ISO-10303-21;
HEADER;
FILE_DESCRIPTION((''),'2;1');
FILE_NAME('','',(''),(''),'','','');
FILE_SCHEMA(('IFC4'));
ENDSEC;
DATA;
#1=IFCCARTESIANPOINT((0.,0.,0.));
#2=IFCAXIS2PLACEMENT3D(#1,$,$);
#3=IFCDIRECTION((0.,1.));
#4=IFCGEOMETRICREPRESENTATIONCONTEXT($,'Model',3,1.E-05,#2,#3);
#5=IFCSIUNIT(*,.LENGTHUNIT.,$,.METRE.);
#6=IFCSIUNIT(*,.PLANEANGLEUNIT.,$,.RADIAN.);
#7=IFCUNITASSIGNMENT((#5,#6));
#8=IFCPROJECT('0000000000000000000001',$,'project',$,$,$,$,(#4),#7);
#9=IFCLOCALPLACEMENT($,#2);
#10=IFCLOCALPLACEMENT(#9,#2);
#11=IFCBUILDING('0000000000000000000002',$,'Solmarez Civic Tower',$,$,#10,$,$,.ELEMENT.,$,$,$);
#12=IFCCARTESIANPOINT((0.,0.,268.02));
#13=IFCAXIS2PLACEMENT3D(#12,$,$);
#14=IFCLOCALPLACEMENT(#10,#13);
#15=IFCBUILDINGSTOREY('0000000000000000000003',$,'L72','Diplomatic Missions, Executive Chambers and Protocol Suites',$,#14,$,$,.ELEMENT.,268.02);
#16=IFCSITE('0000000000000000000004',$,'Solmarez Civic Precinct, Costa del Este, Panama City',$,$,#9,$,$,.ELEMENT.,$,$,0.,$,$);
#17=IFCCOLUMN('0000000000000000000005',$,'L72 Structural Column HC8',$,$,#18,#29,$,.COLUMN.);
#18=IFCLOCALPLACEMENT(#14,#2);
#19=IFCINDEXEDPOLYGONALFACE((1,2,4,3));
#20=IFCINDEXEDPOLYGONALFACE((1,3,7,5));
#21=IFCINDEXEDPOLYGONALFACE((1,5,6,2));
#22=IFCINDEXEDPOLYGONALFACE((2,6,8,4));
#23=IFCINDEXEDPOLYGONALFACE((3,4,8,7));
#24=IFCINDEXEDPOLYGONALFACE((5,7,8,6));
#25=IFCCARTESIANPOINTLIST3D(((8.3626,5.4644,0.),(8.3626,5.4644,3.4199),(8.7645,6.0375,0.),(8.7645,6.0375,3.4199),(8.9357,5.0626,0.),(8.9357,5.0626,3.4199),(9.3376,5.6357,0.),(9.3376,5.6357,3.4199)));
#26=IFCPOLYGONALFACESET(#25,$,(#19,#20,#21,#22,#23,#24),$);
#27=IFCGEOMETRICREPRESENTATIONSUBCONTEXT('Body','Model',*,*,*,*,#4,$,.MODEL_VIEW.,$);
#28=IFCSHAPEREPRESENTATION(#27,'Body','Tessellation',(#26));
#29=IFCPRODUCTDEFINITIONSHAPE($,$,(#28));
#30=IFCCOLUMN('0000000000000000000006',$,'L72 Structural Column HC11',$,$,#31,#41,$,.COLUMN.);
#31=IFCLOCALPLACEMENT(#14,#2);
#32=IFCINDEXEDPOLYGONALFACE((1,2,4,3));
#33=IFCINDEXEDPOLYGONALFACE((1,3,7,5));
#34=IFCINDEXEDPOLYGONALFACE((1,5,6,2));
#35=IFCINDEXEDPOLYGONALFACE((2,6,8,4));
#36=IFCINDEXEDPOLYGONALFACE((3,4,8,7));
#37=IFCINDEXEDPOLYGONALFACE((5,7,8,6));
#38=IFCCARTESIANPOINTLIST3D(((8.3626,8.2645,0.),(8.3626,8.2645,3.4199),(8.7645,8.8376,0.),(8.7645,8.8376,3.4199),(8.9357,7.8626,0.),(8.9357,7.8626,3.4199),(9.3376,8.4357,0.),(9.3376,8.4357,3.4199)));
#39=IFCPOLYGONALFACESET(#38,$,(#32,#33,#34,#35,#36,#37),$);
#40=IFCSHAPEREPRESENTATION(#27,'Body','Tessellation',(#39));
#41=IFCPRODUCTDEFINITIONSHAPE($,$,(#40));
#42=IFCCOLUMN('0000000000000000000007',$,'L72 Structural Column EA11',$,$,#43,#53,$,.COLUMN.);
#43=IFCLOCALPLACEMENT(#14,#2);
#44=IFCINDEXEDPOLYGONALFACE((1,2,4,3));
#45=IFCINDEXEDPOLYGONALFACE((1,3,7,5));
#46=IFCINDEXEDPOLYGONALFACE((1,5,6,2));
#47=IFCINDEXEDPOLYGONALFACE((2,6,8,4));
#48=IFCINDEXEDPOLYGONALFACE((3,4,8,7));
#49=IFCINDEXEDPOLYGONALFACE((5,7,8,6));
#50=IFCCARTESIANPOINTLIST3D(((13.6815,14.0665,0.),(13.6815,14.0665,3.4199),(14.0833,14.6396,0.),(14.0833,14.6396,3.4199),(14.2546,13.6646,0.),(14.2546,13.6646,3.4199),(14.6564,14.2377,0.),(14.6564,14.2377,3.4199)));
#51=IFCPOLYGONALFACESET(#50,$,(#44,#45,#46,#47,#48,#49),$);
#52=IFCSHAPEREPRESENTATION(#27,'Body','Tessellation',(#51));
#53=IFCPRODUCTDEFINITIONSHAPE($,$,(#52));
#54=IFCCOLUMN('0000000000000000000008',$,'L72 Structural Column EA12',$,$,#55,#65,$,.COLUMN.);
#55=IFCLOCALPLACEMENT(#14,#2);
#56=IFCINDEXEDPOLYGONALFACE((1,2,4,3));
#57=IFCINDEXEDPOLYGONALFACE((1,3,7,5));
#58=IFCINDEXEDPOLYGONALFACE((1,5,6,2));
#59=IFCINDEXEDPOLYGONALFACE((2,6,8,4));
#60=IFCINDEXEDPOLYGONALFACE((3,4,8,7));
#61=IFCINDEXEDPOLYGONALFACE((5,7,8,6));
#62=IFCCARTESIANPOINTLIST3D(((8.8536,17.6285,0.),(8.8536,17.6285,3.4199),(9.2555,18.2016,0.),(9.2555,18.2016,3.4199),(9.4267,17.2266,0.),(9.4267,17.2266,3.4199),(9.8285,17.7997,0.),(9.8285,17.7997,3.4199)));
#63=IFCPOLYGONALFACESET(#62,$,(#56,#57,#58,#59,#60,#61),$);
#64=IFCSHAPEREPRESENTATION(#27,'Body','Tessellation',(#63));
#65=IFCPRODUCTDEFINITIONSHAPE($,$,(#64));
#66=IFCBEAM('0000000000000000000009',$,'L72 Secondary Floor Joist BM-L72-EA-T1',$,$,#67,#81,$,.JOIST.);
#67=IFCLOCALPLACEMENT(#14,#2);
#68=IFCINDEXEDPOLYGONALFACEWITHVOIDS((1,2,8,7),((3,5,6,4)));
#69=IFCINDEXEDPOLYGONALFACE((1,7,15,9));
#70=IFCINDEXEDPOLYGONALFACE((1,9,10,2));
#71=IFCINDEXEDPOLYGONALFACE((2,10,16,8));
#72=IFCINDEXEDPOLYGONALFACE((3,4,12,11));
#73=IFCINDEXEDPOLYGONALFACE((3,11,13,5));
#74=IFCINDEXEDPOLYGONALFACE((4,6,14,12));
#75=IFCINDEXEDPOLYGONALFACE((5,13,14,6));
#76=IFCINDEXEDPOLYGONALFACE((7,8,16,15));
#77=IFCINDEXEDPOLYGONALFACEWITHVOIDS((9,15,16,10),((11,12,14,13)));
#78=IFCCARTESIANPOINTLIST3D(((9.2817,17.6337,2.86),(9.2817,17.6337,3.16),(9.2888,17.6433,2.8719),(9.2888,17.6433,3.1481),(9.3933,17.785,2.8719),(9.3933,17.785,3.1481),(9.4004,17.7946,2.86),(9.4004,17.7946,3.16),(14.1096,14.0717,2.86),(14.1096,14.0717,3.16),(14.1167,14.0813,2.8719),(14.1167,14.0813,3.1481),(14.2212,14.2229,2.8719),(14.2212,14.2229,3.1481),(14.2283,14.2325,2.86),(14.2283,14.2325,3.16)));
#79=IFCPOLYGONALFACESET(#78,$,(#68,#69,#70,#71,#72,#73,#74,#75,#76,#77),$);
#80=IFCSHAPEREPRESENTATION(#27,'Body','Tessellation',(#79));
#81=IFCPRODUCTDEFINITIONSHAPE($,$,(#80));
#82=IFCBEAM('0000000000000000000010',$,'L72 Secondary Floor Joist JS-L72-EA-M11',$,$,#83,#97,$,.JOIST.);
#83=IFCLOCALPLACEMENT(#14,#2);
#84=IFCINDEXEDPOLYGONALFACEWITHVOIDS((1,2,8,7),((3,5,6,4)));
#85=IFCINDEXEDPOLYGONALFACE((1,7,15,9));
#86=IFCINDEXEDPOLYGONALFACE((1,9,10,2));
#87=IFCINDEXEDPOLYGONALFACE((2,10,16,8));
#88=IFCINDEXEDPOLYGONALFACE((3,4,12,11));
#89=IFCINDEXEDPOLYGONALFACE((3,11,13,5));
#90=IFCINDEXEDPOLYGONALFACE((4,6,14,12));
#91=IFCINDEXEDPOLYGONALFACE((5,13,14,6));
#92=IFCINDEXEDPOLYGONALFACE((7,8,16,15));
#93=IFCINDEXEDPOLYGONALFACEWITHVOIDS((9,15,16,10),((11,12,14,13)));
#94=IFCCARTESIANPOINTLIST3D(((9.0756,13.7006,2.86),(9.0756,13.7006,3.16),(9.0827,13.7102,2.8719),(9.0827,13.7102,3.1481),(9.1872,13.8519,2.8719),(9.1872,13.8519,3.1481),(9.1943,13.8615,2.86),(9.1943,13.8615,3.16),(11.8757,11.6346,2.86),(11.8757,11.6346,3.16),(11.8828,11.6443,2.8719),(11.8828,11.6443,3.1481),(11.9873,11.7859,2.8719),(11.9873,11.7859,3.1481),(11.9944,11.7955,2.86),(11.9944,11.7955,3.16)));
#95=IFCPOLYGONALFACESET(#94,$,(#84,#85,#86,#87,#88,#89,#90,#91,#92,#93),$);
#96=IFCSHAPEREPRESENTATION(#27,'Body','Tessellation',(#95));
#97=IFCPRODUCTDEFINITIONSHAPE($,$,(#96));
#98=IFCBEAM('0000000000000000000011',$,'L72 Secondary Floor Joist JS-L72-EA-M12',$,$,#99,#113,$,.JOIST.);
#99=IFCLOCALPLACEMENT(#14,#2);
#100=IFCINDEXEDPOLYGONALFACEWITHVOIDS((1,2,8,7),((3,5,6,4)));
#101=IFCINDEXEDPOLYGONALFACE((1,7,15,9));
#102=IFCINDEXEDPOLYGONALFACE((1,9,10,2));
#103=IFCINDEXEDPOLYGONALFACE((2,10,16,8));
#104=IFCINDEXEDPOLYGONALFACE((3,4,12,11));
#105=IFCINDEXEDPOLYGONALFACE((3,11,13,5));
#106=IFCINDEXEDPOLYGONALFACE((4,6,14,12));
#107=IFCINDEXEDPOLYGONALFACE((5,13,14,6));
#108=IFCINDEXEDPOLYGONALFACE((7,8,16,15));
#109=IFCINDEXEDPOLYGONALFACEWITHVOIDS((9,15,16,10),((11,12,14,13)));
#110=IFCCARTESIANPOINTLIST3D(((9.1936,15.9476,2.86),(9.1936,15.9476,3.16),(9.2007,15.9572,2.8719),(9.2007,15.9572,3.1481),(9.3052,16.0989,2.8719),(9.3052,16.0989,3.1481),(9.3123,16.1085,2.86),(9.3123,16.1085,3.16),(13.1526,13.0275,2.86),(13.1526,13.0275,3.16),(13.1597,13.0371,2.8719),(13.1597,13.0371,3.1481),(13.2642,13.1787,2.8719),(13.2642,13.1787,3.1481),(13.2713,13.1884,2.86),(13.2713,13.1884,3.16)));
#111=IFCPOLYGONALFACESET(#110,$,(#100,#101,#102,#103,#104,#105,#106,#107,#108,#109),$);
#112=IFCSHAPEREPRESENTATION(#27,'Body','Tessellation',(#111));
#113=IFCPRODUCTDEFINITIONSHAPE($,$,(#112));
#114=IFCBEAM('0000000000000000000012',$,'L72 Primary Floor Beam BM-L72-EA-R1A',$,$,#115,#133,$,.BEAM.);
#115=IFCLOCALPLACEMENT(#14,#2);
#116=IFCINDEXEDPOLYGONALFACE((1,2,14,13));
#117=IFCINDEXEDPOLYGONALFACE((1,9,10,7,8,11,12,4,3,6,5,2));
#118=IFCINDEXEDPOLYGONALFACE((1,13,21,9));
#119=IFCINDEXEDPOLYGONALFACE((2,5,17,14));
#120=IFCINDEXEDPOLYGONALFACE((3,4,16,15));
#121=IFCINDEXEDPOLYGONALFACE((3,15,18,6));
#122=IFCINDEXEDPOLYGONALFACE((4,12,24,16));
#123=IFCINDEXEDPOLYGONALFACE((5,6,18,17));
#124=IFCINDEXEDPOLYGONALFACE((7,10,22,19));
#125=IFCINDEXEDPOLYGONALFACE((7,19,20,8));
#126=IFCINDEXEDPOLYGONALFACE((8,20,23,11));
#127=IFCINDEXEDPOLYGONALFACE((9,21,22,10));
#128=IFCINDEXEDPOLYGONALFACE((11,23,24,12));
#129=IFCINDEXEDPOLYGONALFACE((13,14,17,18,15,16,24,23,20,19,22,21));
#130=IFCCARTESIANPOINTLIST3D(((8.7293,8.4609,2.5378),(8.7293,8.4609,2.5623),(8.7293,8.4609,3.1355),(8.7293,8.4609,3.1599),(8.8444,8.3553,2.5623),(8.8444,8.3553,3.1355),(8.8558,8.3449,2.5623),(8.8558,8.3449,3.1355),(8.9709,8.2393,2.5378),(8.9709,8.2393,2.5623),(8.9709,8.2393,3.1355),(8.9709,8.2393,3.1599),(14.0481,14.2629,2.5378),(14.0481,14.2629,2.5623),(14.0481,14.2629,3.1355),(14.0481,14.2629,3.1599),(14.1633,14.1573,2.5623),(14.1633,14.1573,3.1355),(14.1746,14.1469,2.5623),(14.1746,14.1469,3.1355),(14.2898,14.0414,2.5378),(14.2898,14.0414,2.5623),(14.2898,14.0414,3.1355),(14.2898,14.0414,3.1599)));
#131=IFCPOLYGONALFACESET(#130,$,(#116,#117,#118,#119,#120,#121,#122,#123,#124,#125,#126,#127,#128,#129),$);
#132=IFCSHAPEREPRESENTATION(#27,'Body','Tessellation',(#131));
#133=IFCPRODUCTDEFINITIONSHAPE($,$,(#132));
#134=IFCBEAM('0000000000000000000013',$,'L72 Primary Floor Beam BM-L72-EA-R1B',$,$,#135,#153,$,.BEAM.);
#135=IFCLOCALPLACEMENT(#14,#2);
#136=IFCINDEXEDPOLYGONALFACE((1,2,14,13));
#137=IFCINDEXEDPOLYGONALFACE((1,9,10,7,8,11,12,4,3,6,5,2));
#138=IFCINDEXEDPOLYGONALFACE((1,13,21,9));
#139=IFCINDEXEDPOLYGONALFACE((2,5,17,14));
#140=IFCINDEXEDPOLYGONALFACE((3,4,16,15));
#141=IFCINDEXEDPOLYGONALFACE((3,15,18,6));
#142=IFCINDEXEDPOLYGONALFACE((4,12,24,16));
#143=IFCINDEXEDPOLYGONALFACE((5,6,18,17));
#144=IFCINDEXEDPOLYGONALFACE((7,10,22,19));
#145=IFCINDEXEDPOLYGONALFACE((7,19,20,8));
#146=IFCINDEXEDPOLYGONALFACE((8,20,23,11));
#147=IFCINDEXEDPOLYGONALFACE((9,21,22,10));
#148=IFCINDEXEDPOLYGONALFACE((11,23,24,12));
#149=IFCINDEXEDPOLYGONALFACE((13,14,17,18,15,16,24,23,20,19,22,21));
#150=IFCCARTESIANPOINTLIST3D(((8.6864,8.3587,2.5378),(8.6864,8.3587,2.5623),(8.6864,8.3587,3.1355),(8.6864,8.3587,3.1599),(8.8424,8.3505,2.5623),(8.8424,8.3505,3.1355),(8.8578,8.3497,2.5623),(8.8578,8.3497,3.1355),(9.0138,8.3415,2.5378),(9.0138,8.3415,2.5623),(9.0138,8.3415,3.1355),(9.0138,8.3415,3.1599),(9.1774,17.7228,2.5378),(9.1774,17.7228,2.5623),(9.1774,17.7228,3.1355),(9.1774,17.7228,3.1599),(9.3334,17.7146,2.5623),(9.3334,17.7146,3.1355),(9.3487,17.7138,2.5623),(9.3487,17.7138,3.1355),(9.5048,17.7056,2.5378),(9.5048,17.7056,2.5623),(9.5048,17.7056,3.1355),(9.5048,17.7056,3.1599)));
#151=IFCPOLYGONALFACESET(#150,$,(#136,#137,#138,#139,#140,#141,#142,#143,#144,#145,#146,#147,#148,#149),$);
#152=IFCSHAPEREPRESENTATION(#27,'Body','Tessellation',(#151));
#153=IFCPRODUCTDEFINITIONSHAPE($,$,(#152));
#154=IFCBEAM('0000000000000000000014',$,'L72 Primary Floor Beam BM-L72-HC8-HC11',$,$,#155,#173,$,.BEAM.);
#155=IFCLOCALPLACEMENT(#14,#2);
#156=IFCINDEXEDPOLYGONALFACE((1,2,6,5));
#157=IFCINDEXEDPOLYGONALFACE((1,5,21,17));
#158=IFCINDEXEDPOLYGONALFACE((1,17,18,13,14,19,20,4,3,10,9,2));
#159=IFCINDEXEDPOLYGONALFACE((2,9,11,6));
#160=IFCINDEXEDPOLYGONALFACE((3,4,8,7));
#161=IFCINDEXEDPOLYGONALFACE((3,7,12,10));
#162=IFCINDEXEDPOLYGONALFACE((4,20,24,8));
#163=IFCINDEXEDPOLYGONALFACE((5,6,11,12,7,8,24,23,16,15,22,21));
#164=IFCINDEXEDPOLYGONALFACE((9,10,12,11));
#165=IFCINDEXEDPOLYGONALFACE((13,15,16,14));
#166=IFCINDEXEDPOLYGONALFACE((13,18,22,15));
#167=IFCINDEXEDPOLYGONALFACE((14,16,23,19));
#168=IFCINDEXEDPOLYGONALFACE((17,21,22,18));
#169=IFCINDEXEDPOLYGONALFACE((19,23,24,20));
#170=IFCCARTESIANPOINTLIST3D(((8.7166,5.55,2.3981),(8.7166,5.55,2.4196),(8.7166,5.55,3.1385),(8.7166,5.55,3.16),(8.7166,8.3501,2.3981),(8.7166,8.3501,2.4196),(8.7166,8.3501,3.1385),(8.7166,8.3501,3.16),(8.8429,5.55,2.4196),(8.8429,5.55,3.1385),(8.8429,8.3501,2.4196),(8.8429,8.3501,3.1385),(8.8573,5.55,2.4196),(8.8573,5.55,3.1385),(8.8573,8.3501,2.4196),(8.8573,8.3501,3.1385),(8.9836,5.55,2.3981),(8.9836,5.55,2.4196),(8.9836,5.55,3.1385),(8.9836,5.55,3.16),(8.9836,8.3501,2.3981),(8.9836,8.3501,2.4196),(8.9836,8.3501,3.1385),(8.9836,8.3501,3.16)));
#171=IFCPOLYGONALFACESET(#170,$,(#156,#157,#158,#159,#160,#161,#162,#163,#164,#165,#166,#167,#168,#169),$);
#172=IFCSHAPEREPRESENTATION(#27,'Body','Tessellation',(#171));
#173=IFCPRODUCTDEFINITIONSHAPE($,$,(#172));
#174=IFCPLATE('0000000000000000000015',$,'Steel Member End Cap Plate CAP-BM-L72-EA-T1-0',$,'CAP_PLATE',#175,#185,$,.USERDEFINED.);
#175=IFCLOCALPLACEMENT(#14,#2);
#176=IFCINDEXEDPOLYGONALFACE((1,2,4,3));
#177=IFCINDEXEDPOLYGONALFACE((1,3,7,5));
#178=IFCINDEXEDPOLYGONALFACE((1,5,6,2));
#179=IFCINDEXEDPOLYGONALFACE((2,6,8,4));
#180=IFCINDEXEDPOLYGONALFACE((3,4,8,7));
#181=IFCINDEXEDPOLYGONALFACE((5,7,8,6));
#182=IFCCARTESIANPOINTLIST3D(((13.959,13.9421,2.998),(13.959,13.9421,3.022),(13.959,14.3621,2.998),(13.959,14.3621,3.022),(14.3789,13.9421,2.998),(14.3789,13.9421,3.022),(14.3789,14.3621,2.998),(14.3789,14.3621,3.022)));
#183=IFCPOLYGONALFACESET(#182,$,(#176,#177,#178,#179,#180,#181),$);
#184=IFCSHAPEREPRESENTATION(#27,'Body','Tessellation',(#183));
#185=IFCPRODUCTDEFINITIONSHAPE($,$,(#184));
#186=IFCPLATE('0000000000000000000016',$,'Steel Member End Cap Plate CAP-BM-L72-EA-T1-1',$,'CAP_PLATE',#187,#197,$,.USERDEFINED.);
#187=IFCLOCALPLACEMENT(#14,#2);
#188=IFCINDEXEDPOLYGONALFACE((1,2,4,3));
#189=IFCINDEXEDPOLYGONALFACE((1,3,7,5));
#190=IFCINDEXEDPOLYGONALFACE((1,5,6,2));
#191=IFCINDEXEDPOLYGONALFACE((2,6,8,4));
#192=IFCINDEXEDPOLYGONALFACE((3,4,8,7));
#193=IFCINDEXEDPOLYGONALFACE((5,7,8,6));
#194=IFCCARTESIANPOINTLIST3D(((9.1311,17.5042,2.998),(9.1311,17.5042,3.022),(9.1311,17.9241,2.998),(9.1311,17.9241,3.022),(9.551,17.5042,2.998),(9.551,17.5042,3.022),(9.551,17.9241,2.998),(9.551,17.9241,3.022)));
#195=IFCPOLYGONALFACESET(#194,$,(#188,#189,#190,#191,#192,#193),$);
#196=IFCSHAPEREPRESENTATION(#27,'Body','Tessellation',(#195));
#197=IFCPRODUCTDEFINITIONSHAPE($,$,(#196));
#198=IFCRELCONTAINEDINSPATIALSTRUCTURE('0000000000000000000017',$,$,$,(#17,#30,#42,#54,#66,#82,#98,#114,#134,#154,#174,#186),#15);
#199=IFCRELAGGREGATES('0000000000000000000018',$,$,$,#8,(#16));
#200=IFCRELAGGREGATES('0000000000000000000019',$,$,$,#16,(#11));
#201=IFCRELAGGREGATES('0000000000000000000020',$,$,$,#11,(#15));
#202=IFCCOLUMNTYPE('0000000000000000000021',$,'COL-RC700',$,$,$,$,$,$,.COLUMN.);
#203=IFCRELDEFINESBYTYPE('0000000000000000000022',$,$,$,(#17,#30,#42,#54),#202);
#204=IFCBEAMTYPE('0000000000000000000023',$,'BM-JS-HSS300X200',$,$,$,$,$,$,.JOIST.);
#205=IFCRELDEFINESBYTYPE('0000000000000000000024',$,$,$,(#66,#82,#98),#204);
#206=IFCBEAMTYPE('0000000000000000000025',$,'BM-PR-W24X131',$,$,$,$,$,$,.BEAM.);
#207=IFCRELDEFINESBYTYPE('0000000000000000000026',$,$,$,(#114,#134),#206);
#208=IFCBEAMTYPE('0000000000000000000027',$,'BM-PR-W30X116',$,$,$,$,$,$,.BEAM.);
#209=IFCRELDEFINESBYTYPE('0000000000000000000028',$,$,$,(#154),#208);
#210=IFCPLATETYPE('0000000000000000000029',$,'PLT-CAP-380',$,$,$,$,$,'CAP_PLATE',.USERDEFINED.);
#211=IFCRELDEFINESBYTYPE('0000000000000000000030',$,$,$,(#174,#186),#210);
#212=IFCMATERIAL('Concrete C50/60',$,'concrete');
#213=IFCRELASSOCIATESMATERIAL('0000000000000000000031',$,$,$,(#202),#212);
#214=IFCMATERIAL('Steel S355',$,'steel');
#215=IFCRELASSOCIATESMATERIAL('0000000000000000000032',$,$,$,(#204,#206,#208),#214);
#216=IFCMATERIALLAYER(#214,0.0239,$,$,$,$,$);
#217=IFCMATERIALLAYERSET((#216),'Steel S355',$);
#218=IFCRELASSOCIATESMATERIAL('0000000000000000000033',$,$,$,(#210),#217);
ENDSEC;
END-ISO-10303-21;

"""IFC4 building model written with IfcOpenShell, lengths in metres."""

from ifc_helpers import new_model, si_unit, direction, frame, origin, origin_2d, place, context, subcontext, project, spatial, rectangle, hollow_rectangle, i_section, extrude, material, layer, layer_set, material_profile, profile_set, type_object, element, save


model = new_model("IFC4")

# Units and contexts
model_context = context("Model", 3, precision=1e-05, world=origin(), true_north=direction((0.0, 1.0)))
body_context = subcontext(model_context, "Body", "Model", "MODEL_VIEW")
ifc_project = project(units=[si_unit("LENGTHUNIT", "METRE"), si_unit("PLANEANGLEUNIT", "RADIAN")], contexts=[model_context])

# Site, building, storey
site_placement = place(None, origin())
site = spatial("IfcSite", under=ifc_project, at=site_placement, Name="Solmarez Civic Precinct, Costa del Este, Panama City", CompositionType="ELEMENT", RefElevation=0.0)
building_placement = place(site_placement, origin())
building = spatial("IfcBuilding", under=site, at=building_placement, Name="Solmarez Civic Tower", CompositionType="ELEMENT")
storey_placement = place(building_placement, frame((0.0, 0.0, 268.02)))
storey = spatial("IfcBuildingStorey", under=building, at=storey_placement, Name="L72", Description="Diplomatic Missions, Executive Chambers and Protocol Suites", CompositionType="ELEMENT", Elevation=268.02)

# Columns
ifc_material_1 = material(Name="Concrete C50/60", Category="concrete")
ifc_material_profile_1 = material_profile(ifc_material_1, rectangle(XDim=0.7, YDim=0.7, at=origin_2d()), Name="RC700X700")
ifc_profile_set_1 = profile_set([ifc_material_profile_1], Name="Concrete C50/60")
column_type = type_object("IfcColumnType", Name="COL-RC700", PredefinedType="COLUMN", material=ifc_profile_set_1)
for number, where, z_axis, x_axis, name in (
    (1, (8.8501, 5.55, 0.0), (0.0, 0.0, 1.0), (0.574148, 0.818751, 0.0), "L72 Structural Column HC8"),
    (2, (8.8501, 8.3501, 0.0), (0.0, 0.0, 1.0), (0.574148, 0.818751, 0.0), "L72 Structural Column HC11"),
    (3, (14.1689, 14.1521, 0.0), (0.0, 0.0, 1.0), (0.574148, 0.818751, 0.0), "L72 Structural Column EA11"),
    (4, (9.3411, 17.7141, 0.0), (0.0, 0.0, 1.0), (0.574148, 0.818751, 0.0), "L72 Structural Column EA12"),
):
    element("IfcColumn", number, at=place(storey_placement, frame(where, z_axis=z_axis, x_axis=x_axis)), inside=storey, type_object=column_type, Name=name, PredefinedType="COLUMN", context=body_context, shape_type="SweptSolid", body=[
        extrude(rectangle(XDim=0.7, YDim=0.7, at=origin_2d()), origin(), (0.0, 0.0, 1.0), 3.4199),
    ])

# Beams
ifc_material_2 = material(Name="Steel S355", Category="steel")
ifc_material_profile_2 = material_profile(ifc_material_2, hollow_rectangle(XDim=0.2, YDim=0.3, WallThickness=0.012, at=origin_2d()), Name="HSS300X200X12")
ifc_profile_set_2 = profile_set([ifc_material_profile_2], Name="Steel S355")
beam_type_1 = type_object("IfcBeamType", Name="BM-JS-HSS300X200", PredefinedType="JOIST", material=ifc_profile_set_2)
beam_1_placement = place(storey_placement, frame((14.1689, 14.1521, 3.01), z_axis=(-0.804687, 0.593699, 0.0), x_axis=(-0.593699, -0.804687, 0.0)))
element("IfcBeam", 5, at=beam_1_placement, inside=storey, type_object=beam_type_1, Name="L72 Secondary Floor Joist BM-L72-EA-T1", PredefinedType="JOIST", context=body_context, shape_type="SweptSolid", body=[
    extrude(hollow_rectangle(XDim=0.2, YDim=0.3, WallThickness=0.012, at=origin_2d()), origin(), (0.0, 0.0, 1.0), 5.9998),
])
beam_2_placement = place(storey_placement, frame((11.9351, 11.7151, 3.01), z_axis=(-0.804682, 0.593706, 0.0), x_axis=(-0.593706, -0.804682, 0.0)))
element("IfcBeam", 6, at=beam_2_placement, inside=storey, type_object=beam_type_1, Name="L72 Secondary Floor Joist JS-L72-EA-M11", PredefinedType="JOIST", context=body_context, shape_type="SweptSolid", body=[
    extrude(hollow_rectangle(XDim=0.2, YDim=0.3, WallThickness=0.012, at=origin_2d()), origin(), (0.0, 0.0, 1.0), 3.4797),
])
beam_3_placement = place(storey_placement, frame((13.2119, 13.1079, 3.01), z_axis=(-0.804763, 0.593597, 0.0), x_axis=(-0.593597, -0.804763, 0.0)))
element("IfcBeam", 7, at=beam_3_placement, inside=storey, type_object=beam_type_1, Name="L72 Secondary Floor Joist JS-L72-EA-M12", PredefinedType="JOIST", context=body_context, shape_type="SweptSolid", body=[
    extrude(hollow_rectangle(XDim=0.2, YDim=0.3, WallThickness=0.012, at=origin_2d()), origin(), (0.0, 0.0, 1.0), 4.9194),
])
ifc_material_profile_3 = material_profile(ifc_material_2, i_section(OverallWidth=0.3279, OverallDepth=0.6221, WebThickness=0.0154, FlangeThickness=0.0244, at=origin_2d()), Name="W24X131")
ifc_profile_set_3 = profile_set([ifc_material_profile_3], Name="Steel S355")
beam_type_2 = type_object("IfcBeamType", Name="BM-PR-W24X131", PredefinedType="BEAM", material=ifc_profile_set_3)
beam_4_placement = place(storey_placement, frame((8.8501, 8.3501, 2.8489), z_axis=(0.675749, 0.737132, 0.0), x_axis=(-0.737132, 0.675749, 0.0)))
element("IfcBeam", 8, at=beam_4_placement, inside=storey, type_object=beam_type_2, Name="L72 Primary Floor Beam BM-L72-EA-R1A", PredefinedType="BEAM", context=body_context, shape_type="SweptSolid", body=[
    extrude(i_section(OverallWidth=0.3279, OverallDepth=0.6221, WebThickness=0.0154, FlangeThickness=0.0244, at=origin_2d()), origin(), (0.0, 0.0, 1.0), 7.8711),
])
beam_5_placement = place(storey_placement, frame((8.8501, 8.3501, 2.8489), z_axis=(0.052359, 0.998628, 0.0), x_axis=(-0.998628, 0.052359, 0.0)))
element("IfcBeam", 9, at=beam_5_placement, inside=storey, type_object=beam_type_2, Name="L72 Primary Floor Beam BM-L72-EA-R1B", PredefinedType="BEAM", context=body_context, shape_type="SweptSolid", body=[
    extrude(i_section(OverallWidth=0.3279, OverallDepth=0.6221, WebThickness=0.0154, FlangeThickness=0.0244, at=origin_2d()), origin(), (0.0, 0.0, 1.0), 9.377),
])
ifc_material_profile_4 = material_profile(ifc_material_2, i_section(OverallWidth=0.2671, OverallDepth=0.762, WebThickness=0.0144, FlangeThickness=0.0215, at=origin_2d()), Name="W30X116")
ifc_profile_set_4 = profile_set([ifc_material_profile_4], Name="Steel S355")
beam_type_3 = type_object("IfcBeamType", Name="BM-PR-W30X116", PredefinedType="BEAM", material=ifc_profile_set_4)
beam_6_placement = place(storey_placement, frame((8.8501, 5.55, 2.7791), z_axis=(0.0, 1.0, 0.0), x_axis=(-1.0, 0.0, 0.0)))
element("IfcBeam", 10, at=beam_6_placement, inside=storey, type_object=beam_type_3, Name="L72 Primary Floor Beam BM-L72-HC8-HC11", PredefinedType="BEAM", context=body_context, shape_type="SweptSolid", body=[
    extrude(i_section(OverallWidth=0.2671, OverallDepth=0.762, WebThickness=0.0144, FlangeThickness=0.0215, at=origin_2d()), origin(), (0.0, 0.0, 1.0), 2.8),
])

# Plates
ifc_layer_1 = layer(ifc_material_2, 0.0239)
ifc_layer_set_1 = layer_set([ifc_layer_1], Name="Steel S355")
plate_type = type_object("IfcPlateType", Name="PLT-CAP-380", ElementType="CAP_PLATE", PredefinedType="USERDEFINED", material=ifc_layer_set_1)
for number, where, z_axis, x_axis, name in (
    (11, (14.1689, 14.1521, 2.998), (0.0, 0.0, 1.0), (1.0, 0.0, 0.0), "Steel Member End Cap Plate CAP-BM-L72-EA-T1-0"),
    (12, (9.3411, 17.7141, 2.998), (0.0, 0.0, 1.0), (1.0, 0.0, 0.0), "Steel Member End Cap Plate CAP-BM-L72-EA-T1-1"),
):
    element("IfcPlate", number, at=place(storey_placement, frame(where, z_axis=z_axis, x_axis=x_axis)), inside=storey, type_object=plate_type, Name=name, ObjectType="CAP_PLATE", PredefinedType="USERDEFINED", context=body_context, shape_type="SweptSolid", body=[
        extrude(rectangle(XDim=0.4199, YDim=0.4199, at=origin_2d()), origin(), (0.0, 0.0, 1.0), 0.0239),
    ])

save(model, "model.ifc")
